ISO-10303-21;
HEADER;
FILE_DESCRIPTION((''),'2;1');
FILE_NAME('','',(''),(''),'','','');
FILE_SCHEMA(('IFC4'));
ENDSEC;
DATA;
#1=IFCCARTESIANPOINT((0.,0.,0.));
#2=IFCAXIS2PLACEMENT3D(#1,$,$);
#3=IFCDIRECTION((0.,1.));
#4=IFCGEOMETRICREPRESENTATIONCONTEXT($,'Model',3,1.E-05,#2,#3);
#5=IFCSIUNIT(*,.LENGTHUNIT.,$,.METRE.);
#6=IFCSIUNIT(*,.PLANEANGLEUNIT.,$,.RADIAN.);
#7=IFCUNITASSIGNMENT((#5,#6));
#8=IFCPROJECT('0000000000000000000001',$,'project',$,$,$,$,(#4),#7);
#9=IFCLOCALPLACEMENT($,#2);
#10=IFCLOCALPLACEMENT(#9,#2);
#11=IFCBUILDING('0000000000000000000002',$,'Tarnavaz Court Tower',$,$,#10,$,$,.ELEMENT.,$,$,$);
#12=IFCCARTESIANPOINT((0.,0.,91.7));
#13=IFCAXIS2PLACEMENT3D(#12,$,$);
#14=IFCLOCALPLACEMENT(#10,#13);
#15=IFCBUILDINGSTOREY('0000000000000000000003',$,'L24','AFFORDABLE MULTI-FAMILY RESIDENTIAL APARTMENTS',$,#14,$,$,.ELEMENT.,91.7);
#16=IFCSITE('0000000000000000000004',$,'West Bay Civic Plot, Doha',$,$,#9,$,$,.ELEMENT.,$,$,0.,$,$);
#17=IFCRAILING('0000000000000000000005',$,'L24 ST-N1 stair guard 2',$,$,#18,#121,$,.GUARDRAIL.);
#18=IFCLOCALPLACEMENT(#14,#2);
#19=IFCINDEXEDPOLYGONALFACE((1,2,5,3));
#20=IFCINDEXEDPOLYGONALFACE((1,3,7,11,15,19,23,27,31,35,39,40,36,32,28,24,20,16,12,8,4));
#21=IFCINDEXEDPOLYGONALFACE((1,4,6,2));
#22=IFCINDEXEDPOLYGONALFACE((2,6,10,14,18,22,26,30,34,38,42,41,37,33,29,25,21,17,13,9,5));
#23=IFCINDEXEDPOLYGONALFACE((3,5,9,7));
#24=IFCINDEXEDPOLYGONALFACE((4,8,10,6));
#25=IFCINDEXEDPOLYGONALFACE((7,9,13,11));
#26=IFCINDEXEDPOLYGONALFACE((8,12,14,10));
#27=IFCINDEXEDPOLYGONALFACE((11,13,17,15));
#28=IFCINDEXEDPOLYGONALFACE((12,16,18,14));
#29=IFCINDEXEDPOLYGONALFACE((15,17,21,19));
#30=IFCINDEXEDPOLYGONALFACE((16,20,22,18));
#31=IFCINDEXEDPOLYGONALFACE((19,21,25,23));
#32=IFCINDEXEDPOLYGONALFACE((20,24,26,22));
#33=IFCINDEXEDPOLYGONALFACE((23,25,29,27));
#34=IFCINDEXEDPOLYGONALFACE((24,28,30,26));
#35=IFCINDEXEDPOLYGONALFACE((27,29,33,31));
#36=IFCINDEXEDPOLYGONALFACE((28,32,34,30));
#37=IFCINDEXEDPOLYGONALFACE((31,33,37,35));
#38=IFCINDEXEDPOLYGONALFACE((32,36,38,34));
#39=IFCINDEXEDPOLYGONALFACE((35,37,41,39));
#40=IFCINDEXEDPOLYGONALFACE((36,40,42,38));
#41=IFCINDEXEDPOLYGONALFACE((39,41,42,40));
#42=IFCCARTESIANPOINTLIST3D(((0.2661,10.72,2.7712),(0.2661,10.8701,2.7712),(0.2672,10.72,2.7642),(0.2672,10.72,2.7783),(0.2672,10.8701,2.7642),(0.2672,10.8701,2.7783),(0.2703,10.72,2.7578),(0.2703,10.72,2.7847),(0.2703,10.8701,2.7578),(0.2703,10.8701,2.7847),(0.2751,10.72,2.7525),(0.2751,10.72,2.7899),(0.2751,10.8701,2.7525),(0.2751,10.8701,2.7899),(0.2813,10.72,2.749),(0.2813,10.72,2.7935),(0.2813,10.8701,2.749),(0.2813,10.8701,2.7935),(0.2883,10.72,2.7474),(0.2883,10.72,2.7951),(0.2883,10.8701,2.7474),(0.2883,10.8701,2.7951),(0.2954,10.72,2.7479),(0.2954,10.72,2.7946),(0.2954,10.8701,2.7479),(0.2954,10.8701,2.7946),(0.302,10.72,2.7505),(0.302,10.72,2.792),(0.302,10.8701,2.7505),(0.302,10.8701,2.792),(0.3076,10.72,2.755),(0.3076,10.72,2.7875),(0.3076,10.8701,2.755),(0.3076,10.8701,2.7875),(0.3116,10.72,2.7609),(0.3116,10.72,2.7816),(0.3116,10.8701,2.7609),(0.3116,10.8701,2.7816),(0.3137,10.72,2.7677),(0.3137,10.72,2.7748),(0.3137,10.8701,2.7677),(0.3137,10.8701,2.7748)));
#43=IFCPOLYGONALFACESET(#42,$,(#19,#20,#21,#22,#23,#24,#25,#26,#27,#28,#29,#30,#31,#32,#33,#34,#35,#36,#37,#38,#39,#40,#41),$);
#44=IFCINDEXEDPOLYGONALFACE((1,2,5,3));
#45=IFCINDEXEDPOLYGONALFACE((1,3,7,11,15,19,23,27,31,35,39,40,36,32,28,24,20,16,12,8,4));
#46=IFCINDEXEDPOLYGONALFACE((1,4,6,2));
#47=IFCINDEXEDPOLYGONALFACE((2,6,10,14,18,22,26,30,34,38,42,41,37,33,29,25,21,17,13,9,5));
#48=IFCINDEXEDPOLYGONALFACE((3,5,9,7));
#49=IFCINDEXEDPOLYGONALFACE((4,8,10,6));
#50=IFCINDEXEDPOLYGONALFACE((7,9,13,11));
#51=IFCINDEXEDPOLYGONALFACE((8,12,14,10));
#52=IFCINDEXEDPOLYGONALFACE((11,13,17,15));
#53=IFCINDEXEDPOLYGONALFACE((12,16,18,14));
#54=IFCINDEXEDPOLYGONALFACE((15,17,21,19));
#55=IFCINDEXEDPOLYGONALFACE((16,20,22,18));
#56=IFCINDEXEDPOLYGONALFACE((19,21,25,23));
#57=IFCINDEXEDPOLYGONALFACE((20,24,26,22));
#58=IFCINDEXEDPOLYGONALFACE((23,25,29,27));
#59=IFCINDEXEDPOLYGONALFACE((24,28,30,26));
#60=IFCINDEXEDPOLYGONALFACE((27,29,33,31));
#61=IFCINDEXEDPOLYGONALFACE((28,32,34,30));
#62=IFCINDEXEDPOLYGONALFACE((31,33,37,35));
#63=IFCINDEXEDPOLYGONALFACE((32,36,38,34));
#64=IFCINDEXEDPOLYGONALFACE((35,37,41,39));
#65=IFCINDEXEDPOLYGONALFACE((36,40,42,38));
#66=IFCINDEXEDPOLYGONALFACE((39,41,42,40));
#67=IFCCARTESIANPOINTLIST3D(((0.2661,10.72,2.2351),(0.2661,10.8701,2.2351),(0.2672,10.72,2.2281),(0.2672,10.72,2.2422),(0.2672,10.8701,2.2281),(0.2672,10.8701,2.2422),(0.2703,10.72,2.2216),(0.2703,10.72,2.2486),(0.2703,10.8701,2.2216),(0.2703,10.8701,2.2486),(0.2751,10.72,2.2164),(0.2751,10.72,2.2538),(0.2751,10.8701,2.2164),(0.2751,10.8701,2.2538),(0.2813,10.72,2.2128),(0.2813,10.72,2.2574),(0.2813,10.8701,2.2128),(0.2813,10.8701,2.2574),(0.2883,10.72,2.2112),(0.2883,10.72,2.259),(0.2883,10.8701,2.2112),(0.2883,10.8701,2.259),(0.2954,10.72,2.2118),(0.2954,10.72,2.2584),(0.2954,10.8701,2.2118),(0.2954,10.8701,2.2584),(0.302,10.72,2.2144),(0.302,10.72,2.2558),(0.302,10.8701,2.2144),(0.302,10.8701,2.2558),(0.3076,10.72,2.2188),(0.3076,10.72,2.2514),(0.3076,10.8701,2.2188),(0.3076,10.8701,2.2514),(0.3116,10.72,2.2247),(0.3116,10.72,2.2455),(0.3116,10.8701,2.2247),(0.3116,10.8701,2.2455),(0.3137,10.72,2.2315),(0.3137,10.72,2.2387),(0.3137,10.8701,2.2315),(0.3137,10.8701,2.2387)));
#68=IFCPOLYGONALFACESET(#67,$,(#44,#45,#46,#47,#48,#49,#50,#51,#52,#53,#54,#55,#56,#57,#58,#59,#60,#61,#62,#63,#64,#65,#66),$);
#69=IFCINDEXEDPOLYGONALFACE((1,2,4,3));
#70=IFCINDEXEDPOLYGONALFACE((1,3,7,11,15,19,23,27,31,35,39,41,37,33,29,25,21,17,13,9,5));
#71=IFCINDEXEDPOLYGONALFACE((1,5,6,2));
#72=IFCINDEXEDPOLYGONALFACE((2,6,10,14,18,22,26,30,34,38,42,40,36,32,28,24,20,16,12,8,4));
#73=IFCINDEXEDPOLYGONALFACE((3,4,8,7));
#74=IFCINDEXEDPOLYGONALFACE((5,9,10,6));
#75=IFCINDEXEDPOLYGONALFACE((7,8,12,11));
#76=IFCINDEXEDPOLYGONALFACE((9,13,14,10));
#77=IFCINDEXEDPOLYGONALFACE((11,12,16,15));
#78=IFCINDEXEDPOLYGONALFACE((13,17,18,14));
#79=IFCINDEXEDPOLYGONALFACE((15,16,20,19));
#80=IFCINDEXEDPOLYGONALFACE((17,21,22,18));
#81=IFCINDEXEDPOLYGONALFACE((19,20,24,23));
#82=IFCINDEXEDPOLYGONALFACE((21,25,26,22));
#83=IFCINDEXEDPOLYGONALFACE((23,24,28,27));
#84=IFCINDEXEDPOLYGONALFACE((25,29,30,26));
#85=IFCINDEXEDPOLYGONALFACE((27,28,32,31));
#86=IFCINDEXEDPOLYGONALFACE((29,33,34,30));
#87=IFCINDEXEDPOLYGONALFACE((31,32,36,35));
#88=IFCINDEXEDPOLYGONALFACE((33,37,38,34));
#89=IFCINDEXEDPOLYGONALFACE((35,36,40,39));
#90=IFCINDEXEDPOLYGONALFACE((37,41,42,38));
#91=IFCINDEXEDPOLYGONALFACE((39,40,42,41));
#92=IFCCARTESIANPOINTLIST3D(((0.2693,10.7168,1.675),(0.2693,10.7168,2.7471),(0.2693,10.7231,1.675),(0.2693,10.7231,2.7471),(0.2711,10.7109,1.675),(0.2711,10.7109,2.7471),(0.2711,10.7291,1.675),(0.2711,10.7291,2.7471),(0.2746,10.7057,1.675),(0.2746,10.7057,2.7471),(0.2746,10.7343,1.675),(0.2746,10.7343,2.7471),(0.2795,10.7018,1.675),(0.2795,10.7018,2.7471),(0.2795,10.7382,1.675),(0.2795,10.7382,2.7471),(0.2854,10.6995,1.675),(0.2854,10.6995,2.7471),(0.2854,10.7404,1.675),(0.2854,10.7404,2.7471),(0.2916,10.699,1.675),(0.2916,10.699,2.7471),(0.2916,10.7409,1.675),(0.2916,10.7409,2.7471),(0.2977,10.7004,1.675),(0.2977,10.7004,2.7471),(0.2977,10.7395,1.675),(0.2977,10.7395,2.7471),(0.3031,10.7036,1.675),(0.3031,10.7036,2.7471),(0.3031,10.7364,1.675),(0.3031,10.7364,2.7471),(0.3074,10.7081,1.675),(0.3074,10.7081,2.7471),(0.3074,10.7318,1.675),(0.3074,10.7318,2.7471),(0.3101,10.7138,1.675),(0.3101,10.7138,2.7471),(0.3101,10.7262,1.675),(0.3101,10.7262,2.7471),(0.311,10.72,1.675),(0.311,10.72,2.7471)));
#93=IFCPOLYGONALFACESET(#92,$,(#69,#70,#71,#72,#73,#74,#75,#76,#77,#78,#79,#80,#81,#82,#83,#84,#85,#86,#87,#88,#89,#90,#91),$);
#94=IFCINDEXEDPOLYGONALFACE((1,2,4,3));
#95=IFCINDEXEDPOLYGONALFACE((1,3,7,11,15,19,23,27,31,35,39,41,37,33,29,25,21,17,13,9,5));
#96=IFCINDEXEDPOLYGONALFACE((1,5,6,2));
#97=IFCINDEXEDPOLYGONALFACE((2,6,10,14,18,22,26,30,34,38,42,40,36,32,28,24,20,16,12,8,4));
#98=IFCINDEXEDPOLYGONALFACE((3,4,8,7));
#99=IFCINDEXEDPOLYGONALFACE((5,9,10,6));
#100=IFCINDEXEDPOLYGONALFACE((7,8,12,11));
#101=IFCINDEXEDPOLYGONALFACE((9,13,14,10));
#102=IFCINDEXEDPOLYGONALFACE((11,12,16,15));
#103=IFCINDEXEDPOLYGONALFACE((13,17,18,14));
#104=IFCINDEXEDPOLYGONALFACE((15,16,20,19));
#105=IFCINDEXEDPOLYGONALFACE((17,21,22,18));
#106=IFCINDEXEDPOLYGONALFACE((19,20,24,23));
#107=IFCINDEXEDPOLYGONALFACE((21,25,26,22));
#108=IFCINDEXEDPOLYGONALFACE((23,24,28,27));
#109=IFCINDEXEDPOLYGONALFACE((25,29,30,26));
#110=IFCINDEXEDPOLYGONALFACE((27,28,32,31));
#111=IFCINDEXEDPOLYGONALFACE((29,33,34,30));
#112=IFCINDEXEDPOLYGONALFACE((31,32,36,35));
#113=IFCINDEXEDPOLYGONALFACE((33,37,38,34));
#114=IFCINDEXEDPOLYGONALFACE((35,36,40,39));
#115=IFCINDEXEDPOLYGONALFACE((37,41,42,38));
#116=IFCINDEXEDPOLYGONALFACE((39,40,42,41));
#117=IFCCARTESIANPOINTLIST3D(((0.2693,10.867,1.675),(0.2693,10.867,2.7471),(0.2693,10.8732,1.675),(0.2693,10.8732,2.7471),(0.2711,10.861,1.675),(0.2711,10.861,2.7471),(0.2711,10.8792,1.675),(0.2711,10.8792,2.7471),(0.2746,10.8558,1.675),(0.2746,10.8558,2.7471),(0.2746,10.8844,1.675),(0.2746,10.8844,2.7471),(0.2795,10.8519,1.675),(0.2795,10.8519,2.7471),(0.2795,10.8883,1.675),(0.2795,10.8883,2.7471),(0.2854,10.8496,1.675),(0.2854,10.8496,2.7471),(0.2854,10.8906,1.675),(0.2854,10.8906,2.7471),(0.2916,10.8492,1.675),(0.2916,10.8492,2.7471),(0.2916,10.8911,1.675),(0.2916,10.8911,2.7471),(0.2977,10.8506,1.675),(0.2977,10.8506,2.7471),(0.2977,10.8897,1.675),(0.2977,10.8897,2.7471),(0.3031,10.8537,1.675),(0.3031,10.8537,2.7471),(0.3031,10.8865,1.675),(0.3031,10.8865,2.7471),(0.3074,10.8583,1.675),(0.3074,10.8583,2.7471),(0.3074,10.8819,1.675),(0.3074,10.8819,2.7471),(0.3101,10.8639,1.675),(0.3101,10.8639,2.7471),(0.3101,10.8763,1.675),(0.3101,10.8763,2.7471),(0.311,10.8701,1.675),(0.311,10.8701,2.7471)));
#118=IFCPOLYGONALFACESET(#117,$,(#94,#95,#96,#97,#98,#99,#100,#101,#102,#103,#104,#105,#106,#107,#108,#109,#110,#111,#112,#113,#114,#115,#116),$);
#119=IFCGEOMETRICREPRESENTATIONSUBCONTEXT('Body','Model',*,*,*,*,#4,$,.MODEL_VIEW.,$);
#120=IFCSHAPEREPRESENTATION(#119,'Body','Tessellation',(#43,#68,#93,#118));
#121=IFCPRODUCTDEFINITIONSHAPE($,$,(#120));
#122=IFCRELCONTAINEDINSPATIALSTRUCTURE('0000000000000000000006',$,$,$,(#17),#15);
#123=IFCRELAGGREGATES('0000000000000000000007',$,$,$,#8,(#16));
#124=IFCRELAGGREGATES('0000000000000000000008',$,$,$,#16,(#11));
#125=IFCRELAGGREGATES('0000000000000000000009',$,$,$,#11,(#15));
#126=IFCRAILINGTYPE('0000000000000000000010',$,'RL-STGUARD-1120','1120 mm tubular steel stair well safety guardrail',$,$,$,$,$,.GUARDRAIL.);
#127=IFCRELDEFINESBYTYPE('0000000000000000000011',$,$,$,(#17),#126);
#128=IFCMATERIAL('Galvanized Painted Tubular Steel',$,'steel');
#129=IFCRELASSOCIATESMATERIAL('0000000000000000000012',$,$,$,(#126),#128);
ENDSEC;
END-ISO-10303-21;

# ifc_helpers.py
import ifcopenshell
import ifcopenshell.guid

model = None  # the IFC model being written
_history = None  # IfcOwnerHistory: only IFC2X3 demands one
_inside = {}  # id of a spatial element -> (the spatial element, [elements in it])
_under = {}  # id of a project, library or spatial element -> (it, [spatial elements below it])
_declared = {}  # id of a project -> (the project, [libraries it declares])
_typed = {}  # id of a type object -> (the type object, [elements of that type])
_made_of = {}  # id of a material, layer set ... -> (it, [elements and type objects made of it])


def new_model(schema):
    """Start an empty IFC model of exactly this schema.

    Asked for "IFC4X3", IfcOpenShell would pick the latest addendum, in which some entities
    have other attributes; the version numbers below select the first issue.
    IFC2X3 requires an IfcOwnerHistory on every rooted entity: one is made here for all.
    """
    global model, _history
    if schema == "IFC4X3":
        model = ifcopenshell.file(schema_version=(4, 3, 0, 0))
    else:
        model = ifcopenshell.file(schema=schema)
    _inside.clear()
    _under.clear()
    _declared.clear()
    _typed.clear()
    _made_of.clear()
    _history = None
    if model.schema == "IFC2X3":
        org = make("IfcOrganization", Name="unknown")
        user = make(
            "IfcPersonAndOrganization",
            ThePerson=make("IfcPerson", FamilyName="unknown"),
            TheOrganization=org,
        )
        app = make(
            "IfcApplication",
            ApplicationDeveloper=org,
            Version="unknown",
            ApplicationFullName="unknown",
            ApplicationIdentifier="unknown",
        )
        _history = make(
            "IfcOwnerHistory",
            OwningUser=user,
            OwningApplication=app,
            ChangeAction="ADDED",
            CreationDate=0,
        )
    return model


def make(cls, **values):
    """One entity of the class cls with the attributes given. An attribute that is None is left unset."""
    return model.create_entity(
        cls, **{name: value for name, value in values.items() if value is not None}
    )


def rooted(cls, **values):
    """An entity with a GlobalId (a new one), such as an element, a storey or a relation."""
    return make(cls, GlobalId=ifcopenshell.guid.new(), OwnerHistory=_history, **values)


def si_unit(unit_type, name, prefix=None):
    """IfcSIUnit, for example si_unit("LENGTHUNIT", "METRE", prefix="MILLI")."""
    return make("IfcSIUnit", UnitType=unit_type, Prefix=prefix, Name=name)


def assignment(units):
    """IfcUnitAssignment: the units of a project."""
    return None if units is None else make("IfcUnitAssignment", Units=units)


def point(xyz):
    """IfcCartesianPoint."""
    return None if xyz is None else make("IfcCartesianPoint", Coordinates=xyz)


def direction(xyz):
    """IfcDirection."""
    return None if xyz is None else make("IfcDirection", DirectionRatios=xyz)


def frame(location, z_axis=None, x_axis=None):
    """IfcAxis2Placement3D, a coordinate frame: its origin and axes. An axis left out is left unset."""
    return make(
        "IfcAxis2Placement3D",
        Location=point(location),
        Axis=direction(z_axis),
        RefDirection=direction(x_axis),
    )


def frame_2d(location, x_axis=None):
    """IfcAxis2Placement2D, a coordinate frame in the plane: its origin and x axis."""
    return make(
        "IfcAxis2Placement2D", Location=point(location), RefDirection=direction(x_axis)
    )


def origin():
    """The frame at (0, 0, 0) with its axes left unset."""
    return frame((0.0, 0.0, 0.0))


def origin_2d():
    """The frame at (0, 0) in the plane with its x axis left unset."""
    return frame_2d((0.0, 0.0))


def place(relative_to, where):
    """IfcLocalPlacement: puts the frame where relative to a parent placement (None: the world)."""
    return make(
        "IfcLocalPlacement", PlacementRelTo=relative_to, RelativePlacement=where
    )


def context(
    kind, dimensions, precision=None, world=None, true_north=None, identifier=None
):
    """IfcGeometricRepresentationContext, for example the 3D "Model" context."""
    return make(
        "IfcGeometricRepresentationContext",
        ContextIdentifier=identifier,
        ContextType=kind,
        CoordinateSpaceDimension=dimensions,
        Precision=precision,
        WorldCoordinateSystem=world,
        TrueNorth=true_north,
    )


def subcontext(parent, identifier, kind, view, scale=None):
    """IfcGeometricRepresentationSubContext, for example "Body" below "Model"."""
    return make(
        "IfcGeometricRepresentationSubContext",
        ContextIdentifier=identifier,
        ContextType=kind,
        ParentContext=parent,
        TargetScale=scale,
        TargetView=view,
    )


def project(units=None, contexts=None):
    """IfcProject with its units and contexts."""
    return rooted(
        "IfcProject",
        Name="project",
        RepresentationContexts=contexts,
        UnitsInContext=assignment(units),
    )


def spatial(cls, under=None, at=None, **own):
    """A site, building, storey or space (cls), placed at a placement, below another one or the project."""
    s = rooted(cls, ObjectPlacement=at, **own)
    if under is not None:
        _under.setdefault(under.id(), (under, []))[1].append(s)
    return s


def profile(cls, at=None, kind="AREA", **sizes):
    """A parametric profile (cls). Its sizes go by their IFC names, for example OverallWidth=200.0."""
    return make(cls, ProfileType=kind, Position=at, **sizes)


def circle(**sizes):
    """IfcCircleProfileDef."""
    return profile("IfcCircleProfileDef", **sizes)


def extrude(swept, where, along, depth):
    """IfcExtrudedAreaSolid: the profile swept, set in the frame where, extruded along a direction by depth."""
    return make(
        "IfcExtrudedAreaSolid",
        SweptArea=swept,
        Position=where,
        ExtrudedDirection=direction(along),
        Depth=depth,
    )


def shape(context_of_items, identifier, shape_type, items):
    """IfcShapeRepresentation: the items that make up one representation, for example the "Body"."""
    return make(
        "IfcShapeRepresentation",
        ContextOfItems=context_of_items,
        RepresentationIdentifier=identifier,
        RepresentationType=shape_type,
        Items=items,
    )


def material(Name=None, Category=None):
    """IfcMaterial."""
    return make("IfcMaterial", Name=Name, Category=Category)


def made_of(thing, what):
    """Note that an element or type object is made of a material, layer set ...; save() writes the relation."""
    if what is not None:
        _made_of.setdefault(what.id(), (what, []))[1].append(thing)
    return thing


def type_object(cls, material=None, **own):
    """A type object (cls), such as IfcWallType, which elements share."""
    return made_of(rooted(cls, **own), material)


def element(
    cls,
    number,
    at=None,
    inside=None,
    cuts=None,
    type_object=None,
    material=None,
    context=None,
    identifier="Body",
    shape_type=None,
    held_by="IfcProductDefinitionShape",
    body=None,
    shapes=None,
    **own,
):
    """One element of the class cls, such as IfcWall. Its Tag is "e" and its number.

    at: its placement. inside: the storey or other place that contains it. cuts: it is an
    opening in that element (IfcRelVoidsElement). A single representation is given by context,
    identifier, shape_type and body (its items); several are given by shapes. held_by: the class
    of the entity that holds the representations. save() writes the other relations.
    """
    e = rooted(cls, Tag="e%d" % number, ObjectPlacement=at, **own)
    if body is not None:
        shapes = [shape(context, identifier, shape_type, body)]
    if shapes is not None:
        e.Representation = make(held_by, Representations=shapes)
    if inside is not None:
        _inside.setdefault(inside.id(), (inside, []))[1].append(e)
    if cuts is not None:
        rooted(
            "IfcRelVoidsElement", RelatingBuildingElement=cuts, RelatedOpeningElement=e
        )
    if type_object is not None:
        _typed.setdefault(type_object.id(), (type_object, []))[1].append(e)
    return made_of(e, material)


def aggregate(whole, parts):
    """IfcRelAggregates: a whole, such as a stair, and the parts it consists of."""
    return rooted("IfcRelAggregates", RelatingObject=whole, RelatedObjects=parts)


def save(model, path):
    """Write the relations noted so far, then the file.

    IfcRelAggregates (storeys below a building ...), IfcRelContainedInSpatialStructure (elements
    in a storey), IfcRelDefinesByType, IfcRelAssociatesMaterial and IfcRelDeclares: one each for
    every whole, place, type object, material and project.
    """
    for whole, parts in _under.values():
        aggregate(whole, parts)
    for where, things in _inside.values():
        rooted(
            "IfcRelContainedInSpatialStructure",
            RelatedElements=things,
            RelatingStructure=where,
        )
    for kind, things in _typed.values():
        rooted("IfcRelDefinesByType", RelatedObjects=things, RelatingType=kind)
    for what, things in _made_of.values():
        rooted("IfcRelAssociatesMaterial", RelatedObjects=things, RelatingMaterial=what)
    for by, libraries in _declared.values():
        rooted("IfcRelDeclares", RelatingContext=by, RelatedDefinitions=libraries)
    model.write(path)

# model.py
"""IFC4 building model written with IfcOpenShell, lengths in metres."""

from ifc_helpers import new_model, si_unit, direction, frame, origin, origin_2d, place, context, subcontext, project, spatial, circle, extrude, material, type_object, element, save


model = new_model("IFC4")

# Units and contexts
model_context = context("Model", 3, precision=1e-05, world=origin(), true_north=direction((0.0, 1.0)))
body_context = subcontext(model_context, "Body", "Model", "MODEL_VIEW")
ifc_project = project(units=[si_unit("LENGTHUNIT", "METRE"), si_unit("PLANEANGLEUNIT", "RADIAN")], contexts=[model_context])

# Site, building, storey
site_placement = place(None, origin())
site = spatial("IfcSite", under=ifc_project, at=site_placement, Name="West Bay Civic Plot, Doha", CompositionType="ELEMENT", RefElevation=0.0)
building_placement = place(site_placement, origin())
building = spatial("IfcBuilding", under=site, at=building_placement, Name="Tarnavaz Court Tower", CompositionType="ELEMENT")
storey_placement = place(building_placement, frame((0.0, 0.0, 91.7)))
storey = spatial("IfcBuildingStorey", under=building, at=storey_placement, Name="L24", Description="AFFORDABLE MULTI-FAMILY RESIDENTIAL APARTMENTS", CompositionType="ELEMENT", Elevation=91.7)

# Railing
ifc_material_1 = material(Name="Galvanized Painted Tubular Steel", Category="steel")
railing_type_1 = type_object("IfcRailingType", Name="RL-STGUARD-1120", Description="1120 mm tubular steel stair well safety guardrail", PredefinedType="GUARDRAIL", material=ifc_material_1)
railing_1_placement = place(storey_placement, frame((0.29, 10.72, 1.675)))
element("IfcRailing", 1, at=railing_1_placement, inside=storey, type_object=railing_type_1, Name="L24 ST-N1 stair guard 2", PredefinedType="GUARDRAIL", context=body_context, shape_type="SweptSolid", body=[
    extrude(circle(Radius=0.0239, at=origin_2d()), frame((0.0, 0.0, 1.0962), z_axis=(0.0, 1.0, 0.0), x_axis=(-1.0, 0.0, 0.0)), (0.0, 0.0, 1.0), 0.1501),
    extrude(circle(Radius=0.0239, at=origin_2d()), frame((0.0, 0.0, 0.5601), z_axis=(0.0, 1.0, 0.0), x_axis=(-1.0, 0.0, 0.0)), (0.0, 0.0, 1.0), 0.1501),
    extrude(circle(Radius=0.021, at=origin_2d()), origin(), (0.0, 0.0, 1.0), 1.072),
    extrude(circle(Radius=0.021, at=origin_2d()), frame((0.0, 0.1501, 0.0)), (0.0, 0.0, 1.0), 1.072),
])

save(model, "model.ifc")
